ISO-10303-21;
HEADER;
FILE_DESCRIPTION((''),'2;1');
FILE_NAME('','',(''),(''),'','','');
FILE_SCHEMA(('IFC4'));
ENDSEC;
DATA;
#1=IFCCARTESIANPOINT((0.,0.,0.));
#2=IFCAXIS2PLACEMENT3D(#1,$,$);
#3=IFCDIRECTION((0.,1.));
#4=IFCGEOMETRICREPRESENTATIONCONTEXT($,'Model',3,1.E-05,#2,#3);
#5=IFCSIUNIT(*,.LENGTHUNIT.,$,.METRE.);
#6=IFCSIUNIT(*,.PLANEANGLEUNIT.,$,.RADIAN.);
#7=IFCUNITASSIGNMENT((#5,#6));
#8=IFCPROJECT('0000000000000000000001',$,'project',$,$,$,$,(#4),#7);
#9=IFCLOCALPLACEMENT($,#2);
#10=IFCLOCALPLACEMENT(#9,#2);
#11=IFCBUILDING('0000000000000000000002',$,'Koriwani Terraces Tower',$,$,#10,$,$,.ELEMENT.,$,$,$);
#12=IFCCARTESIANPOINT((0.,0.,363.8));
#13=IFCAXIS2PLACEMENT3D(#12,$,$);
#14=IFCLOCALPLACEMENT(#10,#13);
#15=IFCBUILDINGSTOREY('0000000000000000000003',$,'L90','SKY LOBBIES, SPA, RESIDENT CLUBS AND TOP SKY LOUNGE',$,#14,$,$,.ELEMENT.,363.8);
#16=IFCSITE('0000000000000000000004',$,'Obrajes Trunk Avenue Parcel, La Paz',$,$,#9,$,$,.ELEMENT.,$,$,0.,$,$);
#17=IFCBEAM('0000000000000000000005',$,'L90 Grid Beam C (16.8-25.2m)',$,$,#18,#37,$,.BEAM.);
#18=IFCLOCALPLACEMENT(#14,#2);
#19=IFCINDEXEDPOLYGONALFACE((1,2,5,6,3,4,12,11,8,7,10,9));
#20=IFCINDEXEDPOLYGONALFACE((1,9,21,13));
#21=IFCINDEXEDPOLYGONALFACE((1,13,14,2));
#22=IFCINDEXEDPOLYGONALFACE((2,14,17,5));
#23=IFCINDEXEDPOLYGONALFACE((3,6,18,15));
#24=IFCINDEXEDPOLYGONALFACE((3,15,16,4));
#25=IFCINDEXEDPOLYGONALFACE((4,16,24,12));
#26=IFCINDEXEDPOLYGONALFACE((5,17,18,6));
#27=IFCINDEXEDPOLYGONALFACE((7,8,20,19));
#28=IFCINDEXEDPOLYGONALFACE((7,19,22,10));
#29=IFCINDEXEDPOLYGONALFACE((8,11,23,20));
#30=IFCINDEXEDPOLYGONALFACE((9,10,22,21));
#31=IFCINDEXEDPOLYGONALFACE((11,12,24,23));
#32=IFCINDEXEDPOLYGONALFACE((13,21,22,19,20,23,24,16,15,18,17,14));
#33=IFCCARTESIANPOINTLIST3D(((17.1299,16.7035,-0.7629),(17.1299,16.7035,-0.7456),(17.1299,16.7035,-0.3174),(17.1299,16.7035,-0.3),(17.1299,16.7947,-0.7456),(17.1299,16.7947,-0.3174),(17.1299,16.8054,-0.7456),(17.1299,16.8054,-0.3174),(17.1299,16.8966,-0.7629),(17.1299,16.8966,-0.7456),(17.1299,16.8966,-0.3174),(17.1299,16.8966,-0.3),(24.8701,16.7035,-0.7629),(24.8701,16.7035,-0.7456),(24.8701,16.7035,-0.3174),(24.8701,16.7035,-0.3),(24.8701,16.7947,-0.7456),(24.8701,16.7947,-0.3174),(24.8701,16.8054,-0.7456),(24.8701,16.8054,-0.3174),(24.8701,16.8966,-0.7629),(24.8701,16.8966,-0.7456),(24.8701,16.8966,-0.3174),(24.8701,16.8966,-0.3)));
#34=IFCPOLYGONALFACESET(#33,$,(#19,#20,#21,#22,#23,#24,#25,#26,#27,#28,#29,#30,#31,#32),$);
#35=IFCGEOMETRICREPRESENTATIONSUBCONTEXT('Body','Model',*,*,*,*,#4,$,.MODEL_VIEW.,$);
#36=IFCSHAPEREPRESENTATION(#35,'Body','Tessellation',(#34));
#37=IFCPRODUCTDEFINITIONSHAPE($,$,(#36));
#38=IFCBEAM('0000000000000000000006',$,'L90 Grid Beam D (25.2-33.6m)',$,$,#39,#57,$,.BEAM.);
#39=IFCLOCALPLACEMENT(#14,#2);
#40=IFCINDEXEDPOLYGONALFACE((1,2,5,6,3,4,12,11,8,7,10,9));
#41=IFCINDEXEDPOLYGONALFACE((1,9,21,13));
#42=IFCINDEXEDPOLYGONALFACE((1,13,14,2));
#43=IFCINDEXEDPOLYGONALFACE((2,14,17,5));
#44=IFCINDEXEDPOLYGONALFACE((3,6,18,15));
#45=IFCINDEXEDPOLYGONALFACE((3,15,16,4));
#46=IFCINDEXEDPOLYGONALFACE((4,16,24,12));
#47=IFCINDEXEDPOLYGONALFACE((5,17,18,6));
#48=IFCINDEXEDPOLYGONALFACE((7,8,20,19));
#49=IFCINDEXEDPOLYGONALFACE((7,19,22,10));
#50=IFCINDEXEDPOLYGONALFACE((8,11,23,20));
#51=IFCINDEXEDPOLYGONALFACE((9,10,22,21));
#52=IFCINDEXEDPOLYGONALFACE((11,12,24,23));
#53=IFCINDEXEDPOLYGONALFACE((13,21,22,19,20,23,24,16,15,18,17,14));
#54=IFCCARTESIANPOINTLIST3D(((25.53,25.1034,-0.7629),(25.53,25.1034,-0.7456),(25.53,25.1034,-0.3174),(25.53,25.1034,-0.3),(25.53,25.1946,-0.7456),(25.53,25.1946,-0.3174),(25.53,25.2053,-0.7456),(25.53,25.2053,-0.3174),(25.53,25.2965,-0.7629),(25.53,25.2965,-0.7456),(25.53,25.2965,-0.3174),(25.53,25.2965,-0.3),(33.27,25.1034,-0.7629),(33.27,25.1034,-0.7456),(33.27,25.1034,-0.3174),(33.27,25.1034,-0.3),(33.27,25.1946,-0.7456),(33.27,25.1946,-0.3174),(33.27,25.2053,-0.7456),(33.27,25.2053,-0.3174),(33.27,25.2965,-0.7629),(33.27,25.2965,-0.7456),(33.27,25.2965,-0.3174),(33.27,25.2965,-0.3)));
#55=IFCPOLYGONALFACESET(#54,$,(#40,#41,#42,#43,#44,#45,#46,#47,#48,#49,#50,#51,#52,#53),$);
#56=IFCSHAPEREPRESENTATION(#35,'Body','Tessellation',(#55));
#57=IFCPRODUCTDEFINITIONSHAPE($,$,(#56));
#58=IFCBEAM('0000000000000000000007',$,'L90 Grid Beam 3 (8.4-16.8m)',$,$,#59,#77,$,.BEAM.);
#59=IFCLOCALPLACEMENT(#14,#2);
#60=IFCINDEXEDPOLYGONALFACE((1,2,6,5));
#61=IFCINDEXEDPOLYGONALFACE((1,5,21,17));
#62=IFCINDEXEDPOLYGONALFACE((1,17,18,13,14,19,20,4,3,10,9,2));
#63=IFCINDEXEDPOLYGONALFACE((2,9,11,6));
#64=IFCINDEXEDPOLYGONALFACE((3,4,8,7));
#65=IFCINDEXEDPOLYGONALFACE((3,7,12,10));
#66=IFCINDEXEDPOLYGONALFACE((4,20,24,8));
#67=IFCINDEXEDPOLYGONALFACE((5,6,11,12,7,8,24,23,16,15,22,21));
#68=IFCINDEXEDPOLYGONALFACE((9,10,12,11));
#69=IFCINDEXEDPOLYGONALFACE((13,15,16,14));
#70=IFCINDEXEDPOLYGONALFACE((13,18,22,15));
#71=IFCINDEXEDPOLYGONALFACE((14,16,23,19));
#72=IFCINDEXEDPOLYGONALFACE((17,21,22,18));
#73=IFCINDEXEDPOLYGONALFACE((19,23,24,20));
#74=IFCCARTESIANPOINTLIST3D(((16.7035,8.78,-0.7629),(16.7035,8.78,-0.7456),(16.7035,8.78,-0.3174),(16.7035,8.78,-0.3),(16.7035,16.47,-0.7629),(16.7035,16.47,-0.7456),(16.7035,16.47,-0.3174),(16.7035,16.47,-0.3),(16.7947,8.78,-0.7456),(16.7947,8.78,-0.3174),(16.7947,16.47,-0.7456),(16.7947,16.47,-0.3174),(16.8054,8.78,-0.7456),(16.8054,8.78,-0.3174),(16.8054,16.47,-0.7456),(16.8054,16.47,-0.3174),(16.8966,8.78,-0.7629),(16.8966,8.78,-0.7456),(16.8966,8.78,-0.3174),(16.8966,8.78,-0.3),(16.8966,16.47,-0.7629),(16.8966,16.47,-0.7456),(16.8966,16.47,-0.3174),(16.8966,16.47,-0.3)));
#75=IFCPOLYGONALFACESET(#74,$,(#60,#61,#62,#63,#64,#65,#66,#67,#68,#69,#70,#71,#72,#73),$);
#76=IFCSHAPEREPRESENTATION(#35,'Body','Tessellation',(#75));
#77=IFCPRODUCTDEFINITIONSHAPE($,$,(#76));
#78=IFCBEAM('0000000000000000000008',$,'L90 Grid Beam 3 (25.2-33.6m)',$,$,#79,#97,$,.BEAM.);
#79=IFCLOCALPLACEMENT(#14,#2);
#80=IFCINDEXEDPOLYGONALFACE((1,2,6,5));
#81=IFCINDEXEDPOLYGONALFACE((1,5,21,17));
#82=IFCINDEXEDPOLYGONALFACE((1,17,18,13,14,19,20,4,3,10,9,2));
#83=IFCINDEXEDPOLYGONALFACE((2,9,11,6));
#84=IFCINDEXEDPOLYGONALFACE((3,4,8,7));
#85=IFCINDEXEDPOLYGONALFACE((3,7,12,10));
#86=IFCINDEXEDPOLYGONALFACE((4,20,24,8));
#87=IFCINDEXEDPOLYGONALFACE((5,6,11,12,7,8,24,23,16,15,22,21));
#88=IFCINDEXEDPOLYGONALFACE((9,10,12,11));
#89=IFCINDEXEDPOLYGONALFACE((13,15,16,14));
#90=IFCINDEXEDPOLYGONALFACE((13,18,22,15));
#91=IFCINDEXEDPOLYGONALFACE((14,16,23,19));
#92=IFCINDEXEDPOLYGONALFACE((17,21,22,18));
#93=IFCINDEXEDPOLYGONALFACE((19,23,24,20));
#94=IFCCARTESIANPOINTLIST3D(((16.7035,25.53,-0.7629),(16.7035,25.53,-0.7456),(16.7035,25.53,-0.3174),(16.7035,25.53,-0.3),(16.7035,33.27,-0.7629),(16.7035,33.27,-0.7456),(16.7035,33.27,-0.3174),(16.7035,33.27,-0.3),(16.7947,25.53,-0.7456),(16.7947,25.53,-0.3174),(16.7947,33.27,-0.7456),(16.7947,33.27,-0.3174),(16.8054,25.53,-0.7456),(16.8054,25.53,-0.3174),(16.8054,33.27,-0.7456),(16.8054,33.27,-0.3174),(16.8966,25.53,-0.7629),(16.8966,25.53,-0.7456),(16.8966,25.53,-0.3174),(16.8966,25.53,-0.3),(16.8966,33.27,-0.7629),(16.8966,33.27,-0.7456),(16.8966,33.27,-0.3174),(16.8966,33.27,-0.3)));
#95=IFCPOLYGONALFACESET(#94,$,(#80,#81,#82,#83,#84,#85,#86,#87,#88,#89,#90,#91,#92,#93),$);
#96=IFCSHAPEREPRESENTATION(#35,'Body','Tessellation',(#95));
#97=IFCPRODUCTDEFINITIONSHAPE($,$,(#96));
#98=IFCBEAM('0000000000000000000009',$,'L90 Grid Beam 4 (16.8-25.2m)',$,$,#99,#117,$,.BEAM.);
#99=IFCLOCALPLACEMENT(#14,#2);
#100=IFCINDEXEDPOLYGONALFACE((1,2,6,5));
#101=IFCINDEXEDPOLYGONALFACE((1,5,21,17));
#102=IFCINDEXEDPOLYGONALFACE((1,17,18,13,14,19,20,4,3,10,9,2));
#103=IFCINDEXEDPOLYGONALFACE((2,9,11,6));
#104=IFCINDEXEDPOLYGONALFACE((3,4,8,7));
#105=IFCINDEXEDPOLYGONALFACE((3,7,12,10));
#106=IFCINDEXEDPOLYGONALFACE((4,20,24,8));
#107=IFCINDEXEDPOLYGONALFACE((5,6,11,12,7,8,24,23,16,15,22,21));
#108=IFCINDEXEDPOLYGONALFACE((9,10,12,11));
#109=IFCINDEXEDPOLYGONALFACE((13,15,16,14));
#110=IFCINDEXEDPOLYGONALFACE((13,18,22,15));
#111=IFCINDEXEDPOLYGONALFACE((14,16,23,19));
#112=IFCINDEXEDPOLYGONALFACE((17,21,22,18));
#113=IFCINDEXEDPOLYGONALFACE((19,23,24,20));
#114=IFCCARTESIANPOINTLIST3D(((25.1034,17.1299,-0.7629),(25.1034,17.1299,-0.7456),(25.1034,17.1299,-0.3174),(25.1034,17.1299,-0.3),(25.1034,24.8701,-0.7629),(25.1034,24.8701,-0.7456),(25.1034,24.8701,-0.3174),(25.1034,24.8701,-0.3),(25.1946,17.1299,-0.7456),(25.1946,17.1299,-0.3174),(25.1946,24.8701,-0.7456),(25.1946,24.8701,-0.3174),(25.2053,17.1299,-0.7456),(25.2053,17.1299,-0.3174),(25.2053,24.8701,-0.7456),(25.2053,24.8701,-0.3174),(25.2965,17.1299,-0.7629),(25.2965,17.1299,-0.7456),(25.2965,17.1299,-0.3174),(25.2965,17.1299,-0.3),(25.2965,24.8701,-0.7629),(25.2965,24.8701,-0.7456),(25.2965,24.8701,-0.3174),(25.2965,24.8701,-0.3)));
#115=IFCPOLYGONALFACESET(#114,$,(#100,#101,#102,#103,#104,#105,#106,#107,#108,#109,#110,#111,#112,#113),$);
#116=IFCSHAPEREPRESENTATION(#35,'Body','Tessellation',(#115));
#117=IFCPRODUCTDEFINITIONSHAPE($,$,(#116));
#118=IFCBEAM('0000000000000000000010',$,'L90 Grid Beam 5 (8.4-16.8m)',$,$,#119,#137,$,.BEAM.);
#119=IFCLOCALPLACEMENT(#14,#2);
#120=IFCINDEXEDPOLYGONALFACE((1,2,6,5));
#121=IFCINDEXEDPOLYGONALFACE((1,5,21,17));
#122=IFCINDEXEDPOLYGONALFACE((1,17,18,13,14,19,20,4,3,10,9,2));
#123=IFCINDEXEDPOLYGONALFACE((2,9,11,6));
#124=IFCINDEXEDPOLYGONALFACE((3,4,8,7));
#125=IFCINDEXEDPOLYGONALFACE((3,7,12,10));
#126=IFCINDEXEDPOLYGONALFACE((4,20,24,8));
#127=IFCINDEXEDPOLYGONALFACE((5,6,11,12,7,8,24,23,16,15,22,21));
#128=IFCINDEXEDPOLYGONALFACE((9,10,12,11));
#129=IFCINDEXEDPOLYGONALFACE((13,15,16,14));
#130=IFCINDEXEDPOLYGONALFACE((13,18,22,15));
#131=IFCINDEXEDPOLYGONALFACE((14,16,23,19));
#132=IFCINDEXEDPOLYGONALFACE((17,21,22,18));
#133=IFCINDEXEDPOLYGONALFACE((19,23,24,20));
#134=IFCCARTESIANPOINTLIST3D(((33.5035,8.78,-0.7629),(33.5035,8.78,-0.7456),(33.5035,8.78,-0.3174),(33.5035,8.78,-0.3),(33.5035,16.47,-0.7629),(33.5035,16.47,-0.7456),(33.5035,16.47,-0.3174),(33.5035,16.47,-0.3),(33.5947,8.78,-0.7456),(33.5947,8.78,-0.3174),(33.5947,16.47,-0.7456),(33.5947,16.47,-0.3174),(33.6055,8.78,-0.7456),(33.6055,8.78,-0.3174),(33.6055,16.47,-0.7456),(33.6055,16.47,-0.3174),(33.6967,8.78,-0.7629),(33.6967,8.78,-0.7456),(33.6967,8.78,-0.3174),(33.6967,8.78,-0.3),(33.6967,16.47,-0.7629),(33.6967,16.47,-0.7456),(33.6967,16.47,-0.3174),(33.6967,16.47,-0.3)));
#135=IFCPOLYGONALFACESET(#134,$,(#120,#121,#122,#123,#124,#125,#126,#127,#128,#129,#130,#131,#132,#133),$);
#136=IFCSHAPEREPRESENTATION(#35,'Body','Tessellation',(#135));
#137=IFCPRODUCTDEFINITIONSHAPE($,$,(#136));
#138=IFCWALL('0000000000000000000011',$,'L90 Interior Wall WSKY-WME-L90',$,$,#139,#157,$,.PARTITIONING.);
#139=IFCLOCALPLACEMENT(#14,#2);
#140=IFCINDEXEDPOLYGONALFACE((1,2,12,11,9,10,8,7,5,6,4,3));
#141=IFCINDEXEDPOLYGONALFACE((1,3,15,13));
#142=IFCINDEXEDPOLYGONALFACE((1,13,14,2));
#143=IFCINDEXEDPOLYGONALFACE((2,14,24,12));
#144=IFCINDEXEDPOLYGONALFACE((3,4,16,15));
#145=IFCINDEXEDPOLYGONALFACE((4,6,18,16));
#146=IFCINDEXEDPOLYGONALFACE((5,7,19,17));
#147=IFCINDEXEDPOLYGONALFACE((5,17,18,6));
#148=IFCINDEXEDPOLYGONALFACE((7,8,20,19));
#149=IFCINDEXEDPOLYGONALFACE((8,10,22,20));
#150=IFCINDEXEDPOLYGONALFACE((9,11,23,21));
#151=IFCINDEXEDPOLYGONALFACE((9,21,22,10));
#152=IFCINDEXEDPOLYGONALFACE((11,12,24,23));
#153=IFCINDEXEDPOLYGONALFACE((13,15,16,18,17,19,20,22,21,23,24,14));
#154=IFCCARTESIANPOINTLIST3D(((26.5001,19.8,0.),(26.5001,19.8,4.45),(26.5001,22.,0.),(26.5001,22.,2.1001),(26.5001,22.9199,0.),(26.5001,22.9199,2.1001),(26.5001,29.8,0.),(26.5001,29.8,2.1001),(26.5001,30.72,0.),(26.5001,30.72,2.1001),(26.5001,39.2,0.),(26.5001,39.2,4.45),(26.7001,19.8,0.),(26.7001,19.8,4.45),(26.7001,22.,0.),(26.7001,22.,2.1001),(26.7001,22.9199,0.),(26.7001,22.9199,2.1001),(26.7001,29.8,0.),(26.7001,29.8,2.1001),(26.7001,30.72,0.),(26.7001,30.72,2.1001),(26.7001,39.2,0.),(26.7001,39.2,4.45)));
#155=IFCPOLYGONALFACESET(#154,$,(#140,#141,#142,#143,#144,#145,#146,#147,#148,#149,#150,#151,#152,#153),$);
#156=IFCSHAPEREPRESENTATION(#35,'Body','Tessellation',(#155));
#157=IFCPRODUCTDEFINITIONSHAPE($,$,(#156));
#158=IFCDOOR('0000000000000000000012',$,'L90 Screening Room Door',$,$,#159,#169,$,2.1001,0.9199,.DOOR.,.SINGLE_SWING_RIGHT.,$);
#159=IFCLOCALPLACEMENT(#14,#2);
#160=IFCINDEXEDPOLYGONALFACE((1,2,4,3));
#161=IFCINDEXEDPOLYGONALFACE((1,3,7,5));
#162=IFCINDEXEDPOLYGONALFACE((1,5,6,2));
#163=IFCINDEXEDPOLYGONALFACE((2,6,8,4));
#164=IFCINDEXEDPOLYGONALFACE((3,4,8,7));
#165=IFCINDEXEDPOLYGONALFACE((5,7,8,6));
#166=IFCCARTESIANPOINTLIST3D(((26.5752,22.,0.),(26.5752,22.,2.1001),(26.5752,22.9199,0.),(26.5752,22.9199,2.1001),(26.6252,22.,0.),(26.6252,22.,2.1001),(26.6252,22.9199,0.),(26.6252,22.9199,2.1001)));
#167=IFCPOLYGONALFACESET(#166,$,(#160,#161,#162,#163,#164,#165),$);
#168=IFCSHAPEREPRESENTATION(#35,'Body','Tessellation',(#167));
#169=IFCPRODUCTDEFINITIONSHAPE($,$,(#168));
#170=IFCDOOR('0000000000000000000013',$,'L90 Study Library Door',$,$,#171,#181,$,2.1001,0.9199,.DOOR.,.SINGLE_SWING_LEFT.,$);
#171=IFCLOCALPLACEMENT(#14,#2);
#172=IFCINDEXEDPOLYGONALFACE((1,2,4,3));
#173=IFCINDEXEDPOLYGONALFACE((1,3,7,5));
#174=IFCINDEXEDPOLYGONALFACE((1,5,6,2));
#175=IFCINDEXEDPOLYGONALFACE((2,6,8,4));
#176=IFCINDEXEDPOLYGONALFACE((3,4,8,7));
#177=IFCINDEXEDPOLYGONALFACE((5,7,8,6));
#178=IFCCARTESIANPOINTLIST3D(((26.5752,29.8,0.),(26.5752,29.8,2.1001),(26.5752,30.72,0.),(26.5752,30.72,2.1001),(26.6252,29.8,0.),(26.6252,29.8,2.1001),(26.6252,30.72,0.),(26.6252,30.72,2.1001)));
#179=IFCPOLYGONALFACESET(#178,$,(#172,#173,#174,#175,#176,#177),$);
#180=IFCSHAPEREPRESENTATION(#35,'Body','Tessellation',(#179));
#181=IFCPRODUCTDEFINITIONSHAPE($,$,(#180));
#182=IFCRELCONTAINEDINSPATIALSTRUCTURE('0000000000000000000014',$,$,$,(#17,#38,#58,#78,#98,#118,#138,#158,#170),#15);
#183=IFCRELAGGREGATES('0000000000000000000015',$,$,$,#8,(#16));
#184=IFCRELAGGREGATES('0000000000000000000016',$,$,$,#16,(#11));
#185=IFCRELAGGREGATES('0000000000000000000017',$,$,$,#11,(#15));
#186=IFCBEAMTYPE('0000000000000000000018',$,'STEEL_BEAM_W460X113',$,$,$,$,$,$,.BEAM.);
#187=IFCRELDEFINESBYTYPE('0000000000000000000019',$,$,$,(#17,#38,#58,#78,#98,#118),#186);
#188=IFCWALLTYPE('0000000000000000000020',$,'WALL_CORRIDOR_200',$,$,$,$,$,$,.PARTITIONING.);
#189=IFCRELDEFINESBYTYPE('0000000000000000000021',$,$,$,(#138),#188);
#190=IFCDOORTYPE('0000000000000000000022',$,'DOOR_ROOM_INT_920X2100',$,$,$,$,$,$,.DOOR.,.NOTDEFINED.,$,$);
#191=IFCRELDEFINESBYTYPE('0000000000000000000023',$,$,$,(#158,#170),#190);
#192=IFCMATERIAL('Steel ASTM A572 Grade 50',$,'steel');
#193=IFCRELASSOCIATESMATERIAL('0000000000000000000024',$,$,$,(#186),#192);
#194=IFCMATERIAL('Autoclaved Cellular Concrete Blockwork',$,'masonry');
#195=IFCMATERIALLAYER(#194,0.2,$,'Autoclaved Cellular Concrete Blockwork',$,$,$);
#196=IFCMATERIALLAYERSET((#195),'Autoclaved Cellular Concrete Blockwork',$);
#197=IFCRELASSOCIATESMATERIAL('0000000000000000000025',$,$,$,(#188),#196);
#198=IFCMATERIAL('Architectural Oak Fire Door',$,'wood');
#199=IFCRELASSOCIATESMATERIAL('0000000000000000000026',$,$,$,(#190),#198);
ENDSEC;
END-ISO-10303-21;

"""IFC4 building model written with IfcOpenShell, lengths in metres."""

from ifc_helpers import new_model, si_unit, direction, frame, frame_2d, origin, origin_2d, place, context, subcontext, project, spatial, rectangle, i_section, extrude, material, layer, layer_set, material_profile, profile_set, type_object, element, fill, save


model = new_model("IFC4")

# Units and contexts
model_context = context("Model", 3, precision=1e-05, world=origin(), true_north=direction((0.0, 1.0)))
body_context = subcontext(model_context, "Body", "Model", "MODEL_VIEW")
ifc_project = project(units=[si_unit("LENGTHUNIT", "METRE"), si_unit("PLANEANGLEUNIT", "RADIAN")], contexts=[model_context])

# Site, building, storey
site_placement = place(None, origin())
site = spatial("IfcSite", under=ifc_project, at=site_placement, Name="Obrajes Trunk Avenue Parcel, La Paz", CompositionType="ELEMENT", RefElevation=0.0)
building_placement = place(site_placement, origin())
building = spatial("IfcBuilding", under=site, at=building_placement, Name="Koriwani Terraces Tower", CompositionType="ELEMENT")
storey_placement = place(building_placement, frame((0.0, 0.0, 363.8)))
storey = spatial("IfcBuildingStorey", under=building, at=storey_placement, Name="L90", Description="SKY LOBBIES, SPA, RESIDENT CLUBS AND TOP SKY LOUNGE", CompositionType="ELEMENT", Elevation=363.8)

# Beams
ifc_material_1 = material(Name="Steel ASTM A572 Grade 50", Category="steel")
ifc_material_profile_1 = material_profile(ifc_material_1, i_section(OverallWidth=0.1931, OverallDepth=0.4629, WebThickness=0.0107, FlangeThickness=0.0173, at=origin_2d()), Name="Steel ASTM A572 Grade 50", Category="LoadBearing")
ifc_profile_set_1 = profile_set([ifc_material_profile_1], Name="Steel ASTM A572 Grade 50")
beam_type_1 = type_object("IfcBeamType", Name="STEEL_BEAM_W460X113", PredefinedType="BEAM", material=ifc_profile_set_1)
beam_1_placement = place(storey_placement, frame((17.1299, 16.8, -0.5315), z_axis=(1.0, 0.0, 0.0), x_axis=(0.0, 1.0, 0.0)))
element("IfcBeam", 1, at=beam_1_placement, inside=storey, type_object=beam_type_1, Name="L90 Grid Beam C (16.8-25.2m)", PredefinedType="BEAM", context=body_context, shape_type="SweptSolid", body=[
    extrude(i_section(OverallWidth=0.1931, OverallDepth=0.4629, WebThickness=0.0107, FlangeThickness=0.0173, at=origin_2d()), origin(), (0.0, 0.0, 1.0), 7.7402),
])
beam_2_placement = place(storey_placement, frame((25.53, 25.2, -0.5315), z_axis=(1.0, 0.0, 0.0), x_axis=(0.0, 1.0, 0.0)))
element("IfcBeam", 2, at=beam_2_placement, inside=storey, type_object=beam_type_1, Name="L90 Grid Beam D (25.2-33.6m)", PredefinedType="BEAM", context=body_context, shape_type="SweptSolid", body=[
    extrude(i_section(OverallWidth=0.1931, OverallDepth=0.4629, WebThickness=0.0107, FlangeThickness=0.0173, at=origin_2d()), origin(), (0.0, 0.0, 1.0), 7.74),
])
beam_3_placement = place(storey_placement, frame((16.8, 8.78, -0.5315), z_axis=(0.0, 1.0, 0.0), x_axis=(-1.0, 0.0, 0.0)))
element("IfcBeam", 3, at=beam_3_placement, inside=storey, type_object=beam_type_1, Name="L90 Grid Beam 3 (8.4-16.8m)", PredefinedType="BEAM", context=body_context, shape_type="SweptSolid", body=[
    extrude(i_section(OverallWidth=0.1931, OverallDepth=0.4629, WebThickness=0.0107, FlangeThickness=0.0173, at=origin_2d()), origin(), (0.0, 0.0, 1.0), 7.6899),
])
beam_4_placement = place(storey_placement, frame((16.8, 25.53, -0.5315), z_axis=(0.0, 1.0, 0.0), x_axis=(-1.0, 0.0, 0.0)))
element("IfcBeam", 4, at=beam_4_placement, inside=storey, type_object=beam_type_1, Name="L90 Grid Beam 3 (25.2-33.6m)", PredefinedType="BEAM", context=body_context, shape_type="SweptSolid", body=[
    extrude(i_section(OverallWidth=0.1931, OverallDepth=0.4629, WebThickness=0.0107, FlangeThickness=0.0173, at=origin_2d()), origin(), (0.0, 0.0, 1.0), 7.74),
])
beam_5_placement = place(storey_placement, frame((25.2, 17.1299, -0.5315), z_axis=(0.0, 1.0, 0.0), x_axis=(-1.0, 0.0, 0.0)))
element("IfcBeam", 5, at=beam_5_placement, inside=storey, type_object=beam_type_1, Name="L90 Grid Beam 4 (16.8-25.2m)", PredefinedType="BEAM", context=body_context, shape_type="SweptSolid", body=[
    extrude(i_section(OverallWidth=0.1931, OverallDepth=0.4629, WebThickness=0.0107, FlangeThickness=0.0173, at=origin_2d()), origin(), (0.0, 0.0, 1.0), 7.7402),
])
beam_6_placement = place(storey_placement, frame((33.6001, 8.78, -0.5315), z_axis=(0.0, 1.0, 0.0), x_axis=(-1.0, 0.0, 0.0)))
element("IfcBeam", 6, at=beam_6_placement, inside=storey, type_object=beam_type_1, Name="L90 Grid Beam 5 (8.4-16.8m)", PredefinedType="BEAM", context=body_context, shape_type="SweptSolid", body=[
    extrude(i_section(OverallWidth=0.1931, OverallDepth=0.4629, WebThickness=0.0107, FlangeThickness=0.0173, at=origin_2d()), origin(), (0.0, 0.0, 1.0), 7.6899),
])

# Wall, openings, doors
ifc_material_2 = material(Name="Autoclaved Cellular Concrete Blockwork", Category="masonry")
ifc_layer_1 = layer(ifc_material_2, 0.2, Name="Autoclaved Cellular Concrete Blockwork")
ifc_layer_set_1 = layer_set([ifc_layer_1], Name="Autoclaved Cellular Concrete Blockwork")
wall_type_1 = type_object("IfcWallType", Name="WALL_CORRIDOR_200", PredefinedType="PARTITIONING", material=ifc_layer_set_1)
wall_1_placement = place(storey_placement, frame((26.6001, 19.8, 0.0), z_axis=(0.0, 0.0, 1.0), x_axis=(0.0, 1.0, 0.0)))
wall_1 = element("IfcWall", 7, at=wall_1_placement, inside=storey, type_object=wall_type_1, Name="L90 Interior Wall WSKY-WME-L90", PredefinedType="PARTITIONING", context=body_context, shape_type="SweptSolid", body=[
    extrude(rectangle(XDim=19.3999, YDim=0.2, at=frame_2d((9.7, 0.0))), origin(), (0.0, 0.0, 1.0), 4.45),
])
opening_1_placement = place(wall_1_placement, frame((2.2, 0.0, 0.0)))
opening_1 = element("IfcOpeningElement", 8, at=opening_1_placement, cuts=wall_1, PredefinedType="OPENING", context=body_context, shape_type="SweptSolid", body=[
    extrude(rectangle(XDim=0.9199, YDim=2.1001, at=frame_2d((0.46, 1.05))), frame((0.0, 0.1099, 0.0), z_axis=(0.0, -1.0, 0.0), x_axis=(1.0, 0.0, 0.0)), (0.0, 0.0, 1.0), 0.22),
])
opening_2_placement = place(wall_1_placement, frame((10.0, 0.0, 0.0)))
opening_2 = element("IfcOpeningElement", 9, at=opening_2_placement, cuts=wall_1, PredefinedType="OPENING", context=body_context, shape_type="SweptSolid", body=[
    extrude(rectangle(XDim=0.9199, YDim=2.1001, at=frame_2d((0.46, 1.05))), frame((0.0, 0.1099, 0.0), z_axis=(0.0, -1.0, 0.0), x_axis=(1.0, 0.0, 0.0)), (0.0, 0.0, 1.0), 0.22),
])
ifc_material_3 = material(Name="Architectural Oak Fire Door", Category="wood")
door_type = type_object("IfcDoorType", Name="DOOR_ROOM_INT_920X2100", OperationType="NOTDEFINED", PredefinedType="DOOR", material=ifc_material_3)
door_1_placement = place(opening_1_placement, origin())
door_1 = element("IfcDoor", 10, at=door_1_placement, inside=storey, type_object=door_type, Name="L90 Screening Room Door", OperationType="SINGLE_SWING_RIGHT", OverallHeight=2.1001, OverallWidth=0.9199, PredefinedType="DOOR", context=body_context, shape_type="SweptSolid", body=[
    extrude(rectangle(XDim=0.9199, YDim=2.1001, at=frame_2d((0.46, 1.05))), frame((0.0, 0.0249, 0.0), z_axis=(0.0, -1.0, 0.0), x_axis=(1.0, 0.0, 0.0)), (0.0, 0.0, 1.0), 0.05),
])
fill(opening_1, door_1)
door_2_placement = place(opening_2_placement, origin())
door_2 = element("IfcDoor", 11, at=door_2_placement, inside=storey, type_object=door_type, Name="L90 Study Library Door", OperationType="SINGLE_SWING_LEFT", OverallHeight=2.1001, OverallWidth=0.9199, PredefinedType="DOOR", context=body_context, shape_type="SweptSolid", body=[
    extrude(rectangle(XDim=0.9199, YDim=2.1001, at=frame_2d((0.46, 1.05))), frame((0.0, 0.0249, 0.0), z_axis=(0.0, -1.0, 0.0), x_axis=(1.0, 0.0, 0.0)), (0.0, 0.0, 1.0), 0.05),
])
fill(opening_2, door_2)

save(model, "model.ifc")
